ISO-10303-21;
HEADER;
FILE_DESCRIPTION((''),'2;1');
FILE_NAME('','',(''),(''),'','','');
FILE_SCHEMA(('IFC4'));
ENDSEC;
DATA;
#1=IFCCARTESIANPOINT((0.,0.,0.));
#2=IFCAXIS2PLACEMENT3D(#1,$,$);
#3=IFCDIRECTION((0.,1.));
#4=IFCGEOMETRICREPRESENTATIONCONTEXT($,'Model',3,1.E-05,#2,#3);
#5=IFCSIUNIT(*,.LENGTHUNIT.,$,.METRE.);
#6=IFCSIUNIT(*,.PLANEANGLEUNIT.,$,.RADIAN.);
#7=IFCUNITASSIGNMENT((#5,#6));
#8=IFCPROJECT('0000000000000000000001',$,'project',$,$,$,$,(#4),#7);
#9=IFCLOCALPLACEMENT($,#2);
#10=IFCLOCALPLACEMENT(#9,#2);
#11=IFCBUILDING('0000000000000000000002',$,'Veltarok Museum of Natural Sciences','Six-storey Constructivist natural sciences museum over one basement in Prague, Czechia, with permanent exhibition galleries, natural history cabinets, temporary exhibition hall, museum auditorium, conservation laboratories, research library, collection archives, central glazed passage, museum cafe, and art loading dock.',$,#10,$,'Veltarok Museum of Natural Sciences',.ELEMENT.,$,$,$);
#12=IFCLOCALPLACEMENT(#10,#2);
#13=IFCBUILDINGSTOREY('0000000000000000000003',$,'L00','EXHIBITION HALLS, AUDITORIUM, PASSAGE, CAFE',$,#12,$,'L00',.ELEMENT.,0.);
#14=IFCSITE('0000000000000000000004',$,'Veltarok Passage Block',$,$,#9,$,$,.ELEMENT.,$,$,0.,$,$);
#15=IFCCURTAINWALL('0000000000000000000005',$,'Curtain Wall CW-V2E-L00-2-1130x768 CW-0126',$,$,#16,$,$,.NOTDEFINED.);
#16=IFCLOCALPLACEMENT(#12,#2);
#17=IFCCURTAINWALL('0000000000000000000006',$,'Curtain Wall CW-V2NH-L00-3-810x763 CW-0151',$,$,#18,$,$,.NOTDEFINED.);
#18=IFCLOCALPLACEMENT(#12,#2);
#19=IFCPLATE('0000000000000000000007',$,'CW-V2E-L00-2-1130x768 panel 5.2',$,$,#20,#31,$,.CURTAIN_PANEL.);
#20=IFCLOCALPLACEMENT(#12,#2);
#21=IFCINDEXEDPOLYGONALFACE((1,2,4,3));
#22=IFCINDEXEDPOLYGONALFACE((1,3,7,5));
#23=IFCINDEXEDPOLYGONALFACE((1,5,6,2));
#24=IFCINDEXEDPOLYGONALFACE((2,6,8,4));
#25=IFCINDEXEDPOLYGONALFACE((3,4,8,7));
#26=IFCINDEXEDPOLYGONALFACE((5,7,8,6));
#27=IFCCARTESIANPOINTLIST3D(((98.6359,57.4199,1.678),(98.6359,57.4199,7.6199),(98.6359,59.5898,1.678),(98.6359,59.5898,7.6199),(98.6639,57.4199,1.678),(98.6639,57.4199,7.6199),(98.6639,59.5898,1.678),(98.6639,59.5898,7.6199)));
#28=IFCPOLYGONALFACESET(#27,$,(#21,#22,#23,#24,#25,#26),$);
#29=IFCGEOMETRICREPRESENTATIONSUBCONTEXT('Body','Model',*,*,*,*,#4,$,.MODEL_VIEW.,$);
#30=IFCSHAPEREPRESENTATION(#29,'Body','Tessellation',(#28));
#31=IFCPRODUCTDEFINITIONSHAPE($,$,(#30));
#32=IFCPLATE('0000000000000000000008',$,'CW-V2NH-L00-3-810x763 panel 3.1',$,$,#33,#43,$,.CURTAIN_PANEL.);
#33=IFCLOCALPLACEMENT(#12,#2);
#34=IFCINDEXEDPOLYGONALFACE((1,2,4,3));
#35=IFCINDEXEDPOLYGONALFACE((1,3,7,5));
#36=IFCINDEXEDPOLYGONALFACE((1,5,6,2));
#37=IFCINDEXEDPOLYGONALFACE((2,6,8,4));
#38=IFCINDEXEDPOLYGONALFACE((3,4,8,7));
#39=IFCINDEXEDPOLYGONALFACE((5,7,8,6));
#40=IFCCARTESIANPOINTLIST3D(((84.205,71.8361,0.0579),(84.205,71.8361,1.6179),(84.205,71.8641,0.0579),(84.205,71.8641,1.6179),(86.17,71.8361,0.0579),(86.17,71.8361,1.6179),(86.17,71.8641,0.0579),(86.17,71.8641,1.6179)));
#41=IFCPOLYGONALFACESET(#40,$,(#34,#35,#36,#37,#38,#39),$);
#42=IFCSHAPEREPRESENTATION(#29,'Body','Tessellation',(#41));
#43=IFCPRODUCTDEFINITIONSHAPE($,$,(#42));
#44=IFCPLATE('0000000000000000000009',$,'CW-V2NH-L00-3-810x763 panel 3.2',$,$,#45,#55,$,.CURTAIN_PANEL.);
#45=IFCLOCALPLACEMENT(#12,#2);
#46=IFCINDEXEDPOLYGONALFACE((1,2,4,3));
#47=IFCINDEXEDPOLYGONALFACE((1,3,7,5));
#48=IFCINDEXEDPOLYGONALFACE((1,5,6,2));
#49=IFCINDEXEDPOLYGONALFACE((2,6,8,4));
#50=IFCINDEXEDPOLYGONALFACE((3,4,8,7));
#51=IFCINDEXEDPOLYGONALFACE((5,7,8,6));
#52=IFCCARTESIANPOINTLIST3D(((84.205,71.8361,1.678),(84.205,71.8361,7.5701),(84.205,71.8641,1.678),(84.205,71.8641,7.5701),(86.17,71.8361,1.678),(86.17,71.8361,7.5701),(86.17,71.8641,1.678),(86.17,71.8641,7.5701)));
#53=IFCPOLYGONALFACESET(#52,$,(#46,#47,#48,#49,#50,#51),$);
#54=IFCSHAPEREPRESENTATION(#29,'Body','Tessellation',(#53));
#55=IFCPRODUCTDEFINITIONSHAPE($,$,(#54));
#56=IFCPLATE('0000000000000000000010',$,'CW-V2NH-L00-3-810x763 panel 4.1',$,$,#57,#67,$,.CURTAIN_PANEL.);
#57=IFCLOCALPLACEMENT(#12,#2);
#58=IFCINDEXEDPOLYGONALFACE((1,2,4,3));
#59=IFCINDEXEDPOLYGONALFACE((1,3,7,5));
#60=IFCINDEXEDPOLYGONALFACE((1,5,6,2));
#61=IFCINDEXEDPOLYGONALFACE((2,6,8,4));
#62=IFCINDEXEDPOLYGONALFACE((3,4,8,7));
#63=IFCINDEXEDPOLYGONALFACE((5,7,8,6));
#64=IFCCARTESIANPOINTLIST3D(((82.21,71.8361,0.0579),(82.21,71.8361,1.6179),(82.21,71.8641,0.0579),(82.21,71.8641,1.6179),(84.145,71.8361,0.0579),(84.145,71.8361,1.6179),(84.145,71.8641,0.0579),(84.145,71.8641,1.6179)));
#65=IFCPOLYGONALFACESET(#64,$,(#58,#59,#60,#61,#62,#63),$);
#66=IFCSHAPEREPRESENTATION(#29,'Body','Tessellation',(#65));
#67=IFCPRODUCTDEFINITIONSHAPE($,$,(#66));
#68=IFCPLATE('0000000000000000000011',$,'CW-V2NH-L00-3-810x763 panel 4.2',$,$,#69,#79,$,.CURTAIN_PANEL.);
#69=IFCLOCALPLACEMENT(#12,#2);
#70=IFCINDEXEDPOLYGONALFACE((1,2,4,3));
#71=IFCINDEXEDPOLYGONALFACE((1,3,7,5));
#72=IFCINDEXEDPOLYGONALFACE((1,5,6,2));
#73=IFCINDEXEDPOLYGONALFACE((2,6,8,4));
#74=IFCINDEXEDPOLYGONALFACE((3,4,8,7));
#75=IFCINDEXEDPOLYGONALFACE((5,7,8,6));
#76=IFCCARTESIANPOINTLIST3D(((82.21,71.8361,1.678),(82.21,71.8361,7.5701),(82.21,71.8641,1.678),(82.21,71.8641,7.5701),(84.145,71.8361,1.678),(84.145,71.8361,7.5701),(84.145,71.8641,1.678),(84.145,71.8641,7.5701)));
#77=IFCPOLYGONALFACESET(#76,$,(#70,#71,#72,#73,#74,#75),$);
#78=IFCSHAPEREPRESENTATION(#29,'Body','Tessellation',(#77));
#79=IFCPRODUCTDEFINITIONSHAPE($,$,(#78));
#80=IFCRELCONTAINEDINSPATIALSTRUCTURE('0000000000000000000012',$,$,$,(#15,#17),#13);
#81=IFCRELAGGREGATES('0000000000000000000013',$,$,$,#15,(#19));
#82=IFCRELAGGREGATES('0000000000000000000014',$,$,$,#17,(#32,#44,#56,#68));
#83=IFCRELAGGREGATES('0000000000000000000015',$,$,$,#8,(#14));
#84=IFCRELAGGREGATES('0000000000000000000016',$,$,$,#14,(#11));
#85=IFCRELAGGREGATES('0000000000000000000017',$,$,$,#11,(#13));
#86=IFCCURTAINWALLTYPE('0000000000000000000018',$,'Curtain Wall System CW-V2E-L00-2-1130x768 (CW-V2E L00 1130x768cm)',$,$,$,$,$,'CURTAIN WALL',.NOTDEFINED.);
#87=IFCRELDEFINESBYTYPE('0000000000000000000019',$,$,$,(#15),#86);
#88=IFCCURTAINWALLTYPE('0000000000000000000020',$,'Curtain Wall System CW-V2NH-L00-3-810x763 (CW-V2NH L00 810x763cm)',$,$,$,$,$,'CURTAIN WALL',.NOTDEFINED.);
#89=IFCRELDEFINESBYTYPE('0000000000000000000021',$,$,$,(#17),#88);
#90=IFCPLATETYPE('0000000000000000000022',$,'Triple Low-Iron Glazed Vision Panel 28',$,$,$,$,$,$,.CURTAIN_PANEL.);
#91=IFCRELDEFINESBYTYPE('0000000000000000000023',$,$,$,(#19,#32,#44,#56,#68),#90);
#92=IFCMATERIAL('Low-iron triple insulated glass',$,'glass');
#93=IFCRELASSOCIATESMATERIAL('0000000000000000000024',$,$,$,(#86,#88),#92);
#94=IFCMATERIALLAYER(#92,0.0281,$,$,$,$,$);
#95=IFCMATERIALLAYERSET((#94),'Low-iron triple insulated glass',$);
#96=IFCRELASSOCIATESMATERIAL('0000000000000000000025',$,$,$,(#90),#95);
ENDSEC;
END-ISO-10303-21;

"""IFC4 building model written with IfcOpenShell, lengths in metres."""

from ifc_helpers import new_model, si_unit, direction, frame, origin, origin_2d, place, context, subcontext, project, spatial, rectangle, extrude, material, layer, layer_set, type_object, element, aggregate, save


model = new_model("IFC4")

# Units and contexts
model_context = context("Model", 3, precision=1e-05, world=origin(), true_north=direction((0.0, 1.0)))
body_context = subcontext(model_context, "Body", "Model", "MODEL_VIEW")
ifc_project = project(units=[si_unit("LENGTHUNIT", "METRE"), si_unit("PLANEANGLEUNIT", "RADIAN")], contexts=[model_context])

# Site, building, storey
site_placement = place(None, origin())
site = spatial("IfcSite", under=ifc_project, at=site_placement, Name="Veltarok Passage Block", CompositionType="ELEMENT", RefElevation=0.0)
building_placement = place(site_placement, origin())
building = spatial("IfcBuilding", under=site, at=building_placement, Name="Veltarok Museum of Natural Sciences", Description="Six-storey Constructivist natural sciences museum over one basement in Prague, Czechia, with permanent exhibition galleries, natural history cabinets, temporary exhibition hall, museum auditorium, conservation laboratories, research library, collection archives, central glazed passage, museum cafe, and art loading dock.", LongName="Veltarok Museum of Natural Sciences", CompositionType="ELEMENT")
storey_placement = place(building_placement, origin())
storey = spatial("IfcBuildingStorey", under=building, at=storey_placement, Name="L00", Description="EXHIBITION HALLS, AUDITORIUM, PASSAGE, CAFE", LongName="L00", CompositionType="ELEMENT", Elevation=0.0)

# Curtain wall
ifc_material_1 = material(Name="Low-iron triple insulated glass", Category="glass")
curtain_wall_type_1 = type_object("IfcCurtainWallType", Name="Curtain Wall System CW-V2E-L00-2-1130x768 (CW-V2E L00 1130x768cm)", ElementType="CURTAIN WALL", PredefinedType="NOTDEFINED", material=ifc_material_1)
curtain_wall_1_placement = place(storey_placement, origin())
curtain_wall_1 = element("IfcCurtainWall", 1, at=curtain_wall_1_placement, inside=storey, type_object=curtain_wall_type_1, Name="Curtain Wall CW-V2E-L00-2-1130x768 CW-0126", PredefinedType="NOTDEFINED")

# Curtain wall
curtain_wall_type_2 = type_object("IfcCurtainWallType", Name="Curtain Wall System CW-V2NH-L00-3-810x763 (CW-V2NH L00 810x763cm)", ElementType="CURTAIN WALL", PredefinedType="NOTDEFINED", material=ifc_material_1)
curtain_wall_2_placement = place(storey_placement, origin())
curtain_wall_2 = element("IfcCurtainWall", 2, at=curtain_wall_2_placement, inside=storey, type_object=curtain_wall_type_2, Name="Curtain Wall CW-V2NH-L00-3-810x763 CW-0151", PredefinedType="NOTDEFINED")

# Plates
ifc_layer = layer(ifc_material_1, 0.0281)
ifc_layer_set = layer_set([ifc_layer], Name="Low-iron triple insulated glass")
plate_type = type_object("IfcPlateType", Name="Triple Low-Iron Glazed Vision Panel 28", PredefinedType="CURTAIN_PANEL", material=ifc_layer_set)
plate_1_placement = place(storey_placement, frame((98.6499, 58.5049, 1.678), z_axis=(0.0, 0.0, 1.0), x_axis=(0.0, 1.0, 0.0)))
plate_1 = element("IfcPlate", 3, at=plate_1_placement, type_object=plate_type, Name="CW-V2E-L00-2-1130x768 panel 5.2", PredefinedType="CURTAIN_PANEL", context=body_context, shape_type="SweptSolid", body=[
    extrude(rectangle(XDim=2.1699, YDim=0.0281, at=origin_2d()), origin(), (0.0, 0.0, 1.0), 5.9419),
])
aggregate(curtain_wall_1, [plate_1])
plate_2_placement = place(storey_placement, frame((85.1875, 71.8501, 0.0579), z_axis=(0.0, 0.0, 1.0), x_axis=(-1.0, 0.0, 0.0)))
plate_2 = element("IfcPlate", 4, at=plate_2_placement, type_object=plate_type, Name="CW-V2NH-L00-3-810x763 panel 3.1", PredefinedType="CURTAIN_PANEL", context=body_context, shape_type="SweptSolid", body=[
    extrude(rectangle(XDim=1.9651, YDim=0.0281, at=origin_2d()), origin(), (0.0, 0.0, 1.0), 1.5601),
])
plate_3_placement = place(storey_placement, frame((85.1875, 71.8501, 1.678), z_axis=(0.0, 0.0, 1.0), x_axis=(-1.0, 0.0, 0.0)))
plate_3 = element("IfcPlate", 5, at=plate_3_placement, type_object=plate_type, Name="CW-V2NH-L00-3-810x763 panel 3.2", PredefinedType="CURTAIN_PANEL", context=body_context, shape_type="SweptSolid", body=[
    extrude(rectangle(XDim=1.9651, YDim=0.0281, at=origin_2d()), origin(), (0.0, 0.0, 1.0), 5.8921),
])
plate_4_placement = place(storey_placement, frame((83.1775, 71.8501, 0.0579), z_axis=(0.0, 0.0, 1.0), x_axis=(-1.0, 0.0, 0.0)))
plate_4 = element("IfcPlate", 6, at=plate_4_placement, type_object=plate_type, Name="CW-V2NH-L00-3-810x763 panel 4.1", PredefinedType="CURTAIN_PANEL", context=body_context, shape_type="SweptSolid", body=[
    extrude(rectangle(XDim=1.9351, YDim=0.0281, at=origin_2d()), origin(), (0.0, 0.0, 1.0), 1.5601),
])
plate_5_placement = place(storey_placement, frame((83.1775, 71.8501, 1.678), z_axis=(0.0, 0.0, 1.0), x_axis=(-1.0, 0.0, 0.0)))
plate_5 = element("IfcPlate", 7, at=plate_5_placement, type_object=plate_type, Name="CW-V2NH-L00-3-810x763 panel 4.2", PredefinedType="CURTAIN_PANEL", context=body_context, shape_type="SweptSolid", body=[
    extrude(rectangle(XDim=1.9351, YDim=0.0281, at=origin_2d()), origin(), (0.0, 0.0, 1.0), 5.8921),
])
aggregate(curtain_wall_2, [plate_2, plate_3, plate_4, plate_5])

save(model, "model.ifc")
